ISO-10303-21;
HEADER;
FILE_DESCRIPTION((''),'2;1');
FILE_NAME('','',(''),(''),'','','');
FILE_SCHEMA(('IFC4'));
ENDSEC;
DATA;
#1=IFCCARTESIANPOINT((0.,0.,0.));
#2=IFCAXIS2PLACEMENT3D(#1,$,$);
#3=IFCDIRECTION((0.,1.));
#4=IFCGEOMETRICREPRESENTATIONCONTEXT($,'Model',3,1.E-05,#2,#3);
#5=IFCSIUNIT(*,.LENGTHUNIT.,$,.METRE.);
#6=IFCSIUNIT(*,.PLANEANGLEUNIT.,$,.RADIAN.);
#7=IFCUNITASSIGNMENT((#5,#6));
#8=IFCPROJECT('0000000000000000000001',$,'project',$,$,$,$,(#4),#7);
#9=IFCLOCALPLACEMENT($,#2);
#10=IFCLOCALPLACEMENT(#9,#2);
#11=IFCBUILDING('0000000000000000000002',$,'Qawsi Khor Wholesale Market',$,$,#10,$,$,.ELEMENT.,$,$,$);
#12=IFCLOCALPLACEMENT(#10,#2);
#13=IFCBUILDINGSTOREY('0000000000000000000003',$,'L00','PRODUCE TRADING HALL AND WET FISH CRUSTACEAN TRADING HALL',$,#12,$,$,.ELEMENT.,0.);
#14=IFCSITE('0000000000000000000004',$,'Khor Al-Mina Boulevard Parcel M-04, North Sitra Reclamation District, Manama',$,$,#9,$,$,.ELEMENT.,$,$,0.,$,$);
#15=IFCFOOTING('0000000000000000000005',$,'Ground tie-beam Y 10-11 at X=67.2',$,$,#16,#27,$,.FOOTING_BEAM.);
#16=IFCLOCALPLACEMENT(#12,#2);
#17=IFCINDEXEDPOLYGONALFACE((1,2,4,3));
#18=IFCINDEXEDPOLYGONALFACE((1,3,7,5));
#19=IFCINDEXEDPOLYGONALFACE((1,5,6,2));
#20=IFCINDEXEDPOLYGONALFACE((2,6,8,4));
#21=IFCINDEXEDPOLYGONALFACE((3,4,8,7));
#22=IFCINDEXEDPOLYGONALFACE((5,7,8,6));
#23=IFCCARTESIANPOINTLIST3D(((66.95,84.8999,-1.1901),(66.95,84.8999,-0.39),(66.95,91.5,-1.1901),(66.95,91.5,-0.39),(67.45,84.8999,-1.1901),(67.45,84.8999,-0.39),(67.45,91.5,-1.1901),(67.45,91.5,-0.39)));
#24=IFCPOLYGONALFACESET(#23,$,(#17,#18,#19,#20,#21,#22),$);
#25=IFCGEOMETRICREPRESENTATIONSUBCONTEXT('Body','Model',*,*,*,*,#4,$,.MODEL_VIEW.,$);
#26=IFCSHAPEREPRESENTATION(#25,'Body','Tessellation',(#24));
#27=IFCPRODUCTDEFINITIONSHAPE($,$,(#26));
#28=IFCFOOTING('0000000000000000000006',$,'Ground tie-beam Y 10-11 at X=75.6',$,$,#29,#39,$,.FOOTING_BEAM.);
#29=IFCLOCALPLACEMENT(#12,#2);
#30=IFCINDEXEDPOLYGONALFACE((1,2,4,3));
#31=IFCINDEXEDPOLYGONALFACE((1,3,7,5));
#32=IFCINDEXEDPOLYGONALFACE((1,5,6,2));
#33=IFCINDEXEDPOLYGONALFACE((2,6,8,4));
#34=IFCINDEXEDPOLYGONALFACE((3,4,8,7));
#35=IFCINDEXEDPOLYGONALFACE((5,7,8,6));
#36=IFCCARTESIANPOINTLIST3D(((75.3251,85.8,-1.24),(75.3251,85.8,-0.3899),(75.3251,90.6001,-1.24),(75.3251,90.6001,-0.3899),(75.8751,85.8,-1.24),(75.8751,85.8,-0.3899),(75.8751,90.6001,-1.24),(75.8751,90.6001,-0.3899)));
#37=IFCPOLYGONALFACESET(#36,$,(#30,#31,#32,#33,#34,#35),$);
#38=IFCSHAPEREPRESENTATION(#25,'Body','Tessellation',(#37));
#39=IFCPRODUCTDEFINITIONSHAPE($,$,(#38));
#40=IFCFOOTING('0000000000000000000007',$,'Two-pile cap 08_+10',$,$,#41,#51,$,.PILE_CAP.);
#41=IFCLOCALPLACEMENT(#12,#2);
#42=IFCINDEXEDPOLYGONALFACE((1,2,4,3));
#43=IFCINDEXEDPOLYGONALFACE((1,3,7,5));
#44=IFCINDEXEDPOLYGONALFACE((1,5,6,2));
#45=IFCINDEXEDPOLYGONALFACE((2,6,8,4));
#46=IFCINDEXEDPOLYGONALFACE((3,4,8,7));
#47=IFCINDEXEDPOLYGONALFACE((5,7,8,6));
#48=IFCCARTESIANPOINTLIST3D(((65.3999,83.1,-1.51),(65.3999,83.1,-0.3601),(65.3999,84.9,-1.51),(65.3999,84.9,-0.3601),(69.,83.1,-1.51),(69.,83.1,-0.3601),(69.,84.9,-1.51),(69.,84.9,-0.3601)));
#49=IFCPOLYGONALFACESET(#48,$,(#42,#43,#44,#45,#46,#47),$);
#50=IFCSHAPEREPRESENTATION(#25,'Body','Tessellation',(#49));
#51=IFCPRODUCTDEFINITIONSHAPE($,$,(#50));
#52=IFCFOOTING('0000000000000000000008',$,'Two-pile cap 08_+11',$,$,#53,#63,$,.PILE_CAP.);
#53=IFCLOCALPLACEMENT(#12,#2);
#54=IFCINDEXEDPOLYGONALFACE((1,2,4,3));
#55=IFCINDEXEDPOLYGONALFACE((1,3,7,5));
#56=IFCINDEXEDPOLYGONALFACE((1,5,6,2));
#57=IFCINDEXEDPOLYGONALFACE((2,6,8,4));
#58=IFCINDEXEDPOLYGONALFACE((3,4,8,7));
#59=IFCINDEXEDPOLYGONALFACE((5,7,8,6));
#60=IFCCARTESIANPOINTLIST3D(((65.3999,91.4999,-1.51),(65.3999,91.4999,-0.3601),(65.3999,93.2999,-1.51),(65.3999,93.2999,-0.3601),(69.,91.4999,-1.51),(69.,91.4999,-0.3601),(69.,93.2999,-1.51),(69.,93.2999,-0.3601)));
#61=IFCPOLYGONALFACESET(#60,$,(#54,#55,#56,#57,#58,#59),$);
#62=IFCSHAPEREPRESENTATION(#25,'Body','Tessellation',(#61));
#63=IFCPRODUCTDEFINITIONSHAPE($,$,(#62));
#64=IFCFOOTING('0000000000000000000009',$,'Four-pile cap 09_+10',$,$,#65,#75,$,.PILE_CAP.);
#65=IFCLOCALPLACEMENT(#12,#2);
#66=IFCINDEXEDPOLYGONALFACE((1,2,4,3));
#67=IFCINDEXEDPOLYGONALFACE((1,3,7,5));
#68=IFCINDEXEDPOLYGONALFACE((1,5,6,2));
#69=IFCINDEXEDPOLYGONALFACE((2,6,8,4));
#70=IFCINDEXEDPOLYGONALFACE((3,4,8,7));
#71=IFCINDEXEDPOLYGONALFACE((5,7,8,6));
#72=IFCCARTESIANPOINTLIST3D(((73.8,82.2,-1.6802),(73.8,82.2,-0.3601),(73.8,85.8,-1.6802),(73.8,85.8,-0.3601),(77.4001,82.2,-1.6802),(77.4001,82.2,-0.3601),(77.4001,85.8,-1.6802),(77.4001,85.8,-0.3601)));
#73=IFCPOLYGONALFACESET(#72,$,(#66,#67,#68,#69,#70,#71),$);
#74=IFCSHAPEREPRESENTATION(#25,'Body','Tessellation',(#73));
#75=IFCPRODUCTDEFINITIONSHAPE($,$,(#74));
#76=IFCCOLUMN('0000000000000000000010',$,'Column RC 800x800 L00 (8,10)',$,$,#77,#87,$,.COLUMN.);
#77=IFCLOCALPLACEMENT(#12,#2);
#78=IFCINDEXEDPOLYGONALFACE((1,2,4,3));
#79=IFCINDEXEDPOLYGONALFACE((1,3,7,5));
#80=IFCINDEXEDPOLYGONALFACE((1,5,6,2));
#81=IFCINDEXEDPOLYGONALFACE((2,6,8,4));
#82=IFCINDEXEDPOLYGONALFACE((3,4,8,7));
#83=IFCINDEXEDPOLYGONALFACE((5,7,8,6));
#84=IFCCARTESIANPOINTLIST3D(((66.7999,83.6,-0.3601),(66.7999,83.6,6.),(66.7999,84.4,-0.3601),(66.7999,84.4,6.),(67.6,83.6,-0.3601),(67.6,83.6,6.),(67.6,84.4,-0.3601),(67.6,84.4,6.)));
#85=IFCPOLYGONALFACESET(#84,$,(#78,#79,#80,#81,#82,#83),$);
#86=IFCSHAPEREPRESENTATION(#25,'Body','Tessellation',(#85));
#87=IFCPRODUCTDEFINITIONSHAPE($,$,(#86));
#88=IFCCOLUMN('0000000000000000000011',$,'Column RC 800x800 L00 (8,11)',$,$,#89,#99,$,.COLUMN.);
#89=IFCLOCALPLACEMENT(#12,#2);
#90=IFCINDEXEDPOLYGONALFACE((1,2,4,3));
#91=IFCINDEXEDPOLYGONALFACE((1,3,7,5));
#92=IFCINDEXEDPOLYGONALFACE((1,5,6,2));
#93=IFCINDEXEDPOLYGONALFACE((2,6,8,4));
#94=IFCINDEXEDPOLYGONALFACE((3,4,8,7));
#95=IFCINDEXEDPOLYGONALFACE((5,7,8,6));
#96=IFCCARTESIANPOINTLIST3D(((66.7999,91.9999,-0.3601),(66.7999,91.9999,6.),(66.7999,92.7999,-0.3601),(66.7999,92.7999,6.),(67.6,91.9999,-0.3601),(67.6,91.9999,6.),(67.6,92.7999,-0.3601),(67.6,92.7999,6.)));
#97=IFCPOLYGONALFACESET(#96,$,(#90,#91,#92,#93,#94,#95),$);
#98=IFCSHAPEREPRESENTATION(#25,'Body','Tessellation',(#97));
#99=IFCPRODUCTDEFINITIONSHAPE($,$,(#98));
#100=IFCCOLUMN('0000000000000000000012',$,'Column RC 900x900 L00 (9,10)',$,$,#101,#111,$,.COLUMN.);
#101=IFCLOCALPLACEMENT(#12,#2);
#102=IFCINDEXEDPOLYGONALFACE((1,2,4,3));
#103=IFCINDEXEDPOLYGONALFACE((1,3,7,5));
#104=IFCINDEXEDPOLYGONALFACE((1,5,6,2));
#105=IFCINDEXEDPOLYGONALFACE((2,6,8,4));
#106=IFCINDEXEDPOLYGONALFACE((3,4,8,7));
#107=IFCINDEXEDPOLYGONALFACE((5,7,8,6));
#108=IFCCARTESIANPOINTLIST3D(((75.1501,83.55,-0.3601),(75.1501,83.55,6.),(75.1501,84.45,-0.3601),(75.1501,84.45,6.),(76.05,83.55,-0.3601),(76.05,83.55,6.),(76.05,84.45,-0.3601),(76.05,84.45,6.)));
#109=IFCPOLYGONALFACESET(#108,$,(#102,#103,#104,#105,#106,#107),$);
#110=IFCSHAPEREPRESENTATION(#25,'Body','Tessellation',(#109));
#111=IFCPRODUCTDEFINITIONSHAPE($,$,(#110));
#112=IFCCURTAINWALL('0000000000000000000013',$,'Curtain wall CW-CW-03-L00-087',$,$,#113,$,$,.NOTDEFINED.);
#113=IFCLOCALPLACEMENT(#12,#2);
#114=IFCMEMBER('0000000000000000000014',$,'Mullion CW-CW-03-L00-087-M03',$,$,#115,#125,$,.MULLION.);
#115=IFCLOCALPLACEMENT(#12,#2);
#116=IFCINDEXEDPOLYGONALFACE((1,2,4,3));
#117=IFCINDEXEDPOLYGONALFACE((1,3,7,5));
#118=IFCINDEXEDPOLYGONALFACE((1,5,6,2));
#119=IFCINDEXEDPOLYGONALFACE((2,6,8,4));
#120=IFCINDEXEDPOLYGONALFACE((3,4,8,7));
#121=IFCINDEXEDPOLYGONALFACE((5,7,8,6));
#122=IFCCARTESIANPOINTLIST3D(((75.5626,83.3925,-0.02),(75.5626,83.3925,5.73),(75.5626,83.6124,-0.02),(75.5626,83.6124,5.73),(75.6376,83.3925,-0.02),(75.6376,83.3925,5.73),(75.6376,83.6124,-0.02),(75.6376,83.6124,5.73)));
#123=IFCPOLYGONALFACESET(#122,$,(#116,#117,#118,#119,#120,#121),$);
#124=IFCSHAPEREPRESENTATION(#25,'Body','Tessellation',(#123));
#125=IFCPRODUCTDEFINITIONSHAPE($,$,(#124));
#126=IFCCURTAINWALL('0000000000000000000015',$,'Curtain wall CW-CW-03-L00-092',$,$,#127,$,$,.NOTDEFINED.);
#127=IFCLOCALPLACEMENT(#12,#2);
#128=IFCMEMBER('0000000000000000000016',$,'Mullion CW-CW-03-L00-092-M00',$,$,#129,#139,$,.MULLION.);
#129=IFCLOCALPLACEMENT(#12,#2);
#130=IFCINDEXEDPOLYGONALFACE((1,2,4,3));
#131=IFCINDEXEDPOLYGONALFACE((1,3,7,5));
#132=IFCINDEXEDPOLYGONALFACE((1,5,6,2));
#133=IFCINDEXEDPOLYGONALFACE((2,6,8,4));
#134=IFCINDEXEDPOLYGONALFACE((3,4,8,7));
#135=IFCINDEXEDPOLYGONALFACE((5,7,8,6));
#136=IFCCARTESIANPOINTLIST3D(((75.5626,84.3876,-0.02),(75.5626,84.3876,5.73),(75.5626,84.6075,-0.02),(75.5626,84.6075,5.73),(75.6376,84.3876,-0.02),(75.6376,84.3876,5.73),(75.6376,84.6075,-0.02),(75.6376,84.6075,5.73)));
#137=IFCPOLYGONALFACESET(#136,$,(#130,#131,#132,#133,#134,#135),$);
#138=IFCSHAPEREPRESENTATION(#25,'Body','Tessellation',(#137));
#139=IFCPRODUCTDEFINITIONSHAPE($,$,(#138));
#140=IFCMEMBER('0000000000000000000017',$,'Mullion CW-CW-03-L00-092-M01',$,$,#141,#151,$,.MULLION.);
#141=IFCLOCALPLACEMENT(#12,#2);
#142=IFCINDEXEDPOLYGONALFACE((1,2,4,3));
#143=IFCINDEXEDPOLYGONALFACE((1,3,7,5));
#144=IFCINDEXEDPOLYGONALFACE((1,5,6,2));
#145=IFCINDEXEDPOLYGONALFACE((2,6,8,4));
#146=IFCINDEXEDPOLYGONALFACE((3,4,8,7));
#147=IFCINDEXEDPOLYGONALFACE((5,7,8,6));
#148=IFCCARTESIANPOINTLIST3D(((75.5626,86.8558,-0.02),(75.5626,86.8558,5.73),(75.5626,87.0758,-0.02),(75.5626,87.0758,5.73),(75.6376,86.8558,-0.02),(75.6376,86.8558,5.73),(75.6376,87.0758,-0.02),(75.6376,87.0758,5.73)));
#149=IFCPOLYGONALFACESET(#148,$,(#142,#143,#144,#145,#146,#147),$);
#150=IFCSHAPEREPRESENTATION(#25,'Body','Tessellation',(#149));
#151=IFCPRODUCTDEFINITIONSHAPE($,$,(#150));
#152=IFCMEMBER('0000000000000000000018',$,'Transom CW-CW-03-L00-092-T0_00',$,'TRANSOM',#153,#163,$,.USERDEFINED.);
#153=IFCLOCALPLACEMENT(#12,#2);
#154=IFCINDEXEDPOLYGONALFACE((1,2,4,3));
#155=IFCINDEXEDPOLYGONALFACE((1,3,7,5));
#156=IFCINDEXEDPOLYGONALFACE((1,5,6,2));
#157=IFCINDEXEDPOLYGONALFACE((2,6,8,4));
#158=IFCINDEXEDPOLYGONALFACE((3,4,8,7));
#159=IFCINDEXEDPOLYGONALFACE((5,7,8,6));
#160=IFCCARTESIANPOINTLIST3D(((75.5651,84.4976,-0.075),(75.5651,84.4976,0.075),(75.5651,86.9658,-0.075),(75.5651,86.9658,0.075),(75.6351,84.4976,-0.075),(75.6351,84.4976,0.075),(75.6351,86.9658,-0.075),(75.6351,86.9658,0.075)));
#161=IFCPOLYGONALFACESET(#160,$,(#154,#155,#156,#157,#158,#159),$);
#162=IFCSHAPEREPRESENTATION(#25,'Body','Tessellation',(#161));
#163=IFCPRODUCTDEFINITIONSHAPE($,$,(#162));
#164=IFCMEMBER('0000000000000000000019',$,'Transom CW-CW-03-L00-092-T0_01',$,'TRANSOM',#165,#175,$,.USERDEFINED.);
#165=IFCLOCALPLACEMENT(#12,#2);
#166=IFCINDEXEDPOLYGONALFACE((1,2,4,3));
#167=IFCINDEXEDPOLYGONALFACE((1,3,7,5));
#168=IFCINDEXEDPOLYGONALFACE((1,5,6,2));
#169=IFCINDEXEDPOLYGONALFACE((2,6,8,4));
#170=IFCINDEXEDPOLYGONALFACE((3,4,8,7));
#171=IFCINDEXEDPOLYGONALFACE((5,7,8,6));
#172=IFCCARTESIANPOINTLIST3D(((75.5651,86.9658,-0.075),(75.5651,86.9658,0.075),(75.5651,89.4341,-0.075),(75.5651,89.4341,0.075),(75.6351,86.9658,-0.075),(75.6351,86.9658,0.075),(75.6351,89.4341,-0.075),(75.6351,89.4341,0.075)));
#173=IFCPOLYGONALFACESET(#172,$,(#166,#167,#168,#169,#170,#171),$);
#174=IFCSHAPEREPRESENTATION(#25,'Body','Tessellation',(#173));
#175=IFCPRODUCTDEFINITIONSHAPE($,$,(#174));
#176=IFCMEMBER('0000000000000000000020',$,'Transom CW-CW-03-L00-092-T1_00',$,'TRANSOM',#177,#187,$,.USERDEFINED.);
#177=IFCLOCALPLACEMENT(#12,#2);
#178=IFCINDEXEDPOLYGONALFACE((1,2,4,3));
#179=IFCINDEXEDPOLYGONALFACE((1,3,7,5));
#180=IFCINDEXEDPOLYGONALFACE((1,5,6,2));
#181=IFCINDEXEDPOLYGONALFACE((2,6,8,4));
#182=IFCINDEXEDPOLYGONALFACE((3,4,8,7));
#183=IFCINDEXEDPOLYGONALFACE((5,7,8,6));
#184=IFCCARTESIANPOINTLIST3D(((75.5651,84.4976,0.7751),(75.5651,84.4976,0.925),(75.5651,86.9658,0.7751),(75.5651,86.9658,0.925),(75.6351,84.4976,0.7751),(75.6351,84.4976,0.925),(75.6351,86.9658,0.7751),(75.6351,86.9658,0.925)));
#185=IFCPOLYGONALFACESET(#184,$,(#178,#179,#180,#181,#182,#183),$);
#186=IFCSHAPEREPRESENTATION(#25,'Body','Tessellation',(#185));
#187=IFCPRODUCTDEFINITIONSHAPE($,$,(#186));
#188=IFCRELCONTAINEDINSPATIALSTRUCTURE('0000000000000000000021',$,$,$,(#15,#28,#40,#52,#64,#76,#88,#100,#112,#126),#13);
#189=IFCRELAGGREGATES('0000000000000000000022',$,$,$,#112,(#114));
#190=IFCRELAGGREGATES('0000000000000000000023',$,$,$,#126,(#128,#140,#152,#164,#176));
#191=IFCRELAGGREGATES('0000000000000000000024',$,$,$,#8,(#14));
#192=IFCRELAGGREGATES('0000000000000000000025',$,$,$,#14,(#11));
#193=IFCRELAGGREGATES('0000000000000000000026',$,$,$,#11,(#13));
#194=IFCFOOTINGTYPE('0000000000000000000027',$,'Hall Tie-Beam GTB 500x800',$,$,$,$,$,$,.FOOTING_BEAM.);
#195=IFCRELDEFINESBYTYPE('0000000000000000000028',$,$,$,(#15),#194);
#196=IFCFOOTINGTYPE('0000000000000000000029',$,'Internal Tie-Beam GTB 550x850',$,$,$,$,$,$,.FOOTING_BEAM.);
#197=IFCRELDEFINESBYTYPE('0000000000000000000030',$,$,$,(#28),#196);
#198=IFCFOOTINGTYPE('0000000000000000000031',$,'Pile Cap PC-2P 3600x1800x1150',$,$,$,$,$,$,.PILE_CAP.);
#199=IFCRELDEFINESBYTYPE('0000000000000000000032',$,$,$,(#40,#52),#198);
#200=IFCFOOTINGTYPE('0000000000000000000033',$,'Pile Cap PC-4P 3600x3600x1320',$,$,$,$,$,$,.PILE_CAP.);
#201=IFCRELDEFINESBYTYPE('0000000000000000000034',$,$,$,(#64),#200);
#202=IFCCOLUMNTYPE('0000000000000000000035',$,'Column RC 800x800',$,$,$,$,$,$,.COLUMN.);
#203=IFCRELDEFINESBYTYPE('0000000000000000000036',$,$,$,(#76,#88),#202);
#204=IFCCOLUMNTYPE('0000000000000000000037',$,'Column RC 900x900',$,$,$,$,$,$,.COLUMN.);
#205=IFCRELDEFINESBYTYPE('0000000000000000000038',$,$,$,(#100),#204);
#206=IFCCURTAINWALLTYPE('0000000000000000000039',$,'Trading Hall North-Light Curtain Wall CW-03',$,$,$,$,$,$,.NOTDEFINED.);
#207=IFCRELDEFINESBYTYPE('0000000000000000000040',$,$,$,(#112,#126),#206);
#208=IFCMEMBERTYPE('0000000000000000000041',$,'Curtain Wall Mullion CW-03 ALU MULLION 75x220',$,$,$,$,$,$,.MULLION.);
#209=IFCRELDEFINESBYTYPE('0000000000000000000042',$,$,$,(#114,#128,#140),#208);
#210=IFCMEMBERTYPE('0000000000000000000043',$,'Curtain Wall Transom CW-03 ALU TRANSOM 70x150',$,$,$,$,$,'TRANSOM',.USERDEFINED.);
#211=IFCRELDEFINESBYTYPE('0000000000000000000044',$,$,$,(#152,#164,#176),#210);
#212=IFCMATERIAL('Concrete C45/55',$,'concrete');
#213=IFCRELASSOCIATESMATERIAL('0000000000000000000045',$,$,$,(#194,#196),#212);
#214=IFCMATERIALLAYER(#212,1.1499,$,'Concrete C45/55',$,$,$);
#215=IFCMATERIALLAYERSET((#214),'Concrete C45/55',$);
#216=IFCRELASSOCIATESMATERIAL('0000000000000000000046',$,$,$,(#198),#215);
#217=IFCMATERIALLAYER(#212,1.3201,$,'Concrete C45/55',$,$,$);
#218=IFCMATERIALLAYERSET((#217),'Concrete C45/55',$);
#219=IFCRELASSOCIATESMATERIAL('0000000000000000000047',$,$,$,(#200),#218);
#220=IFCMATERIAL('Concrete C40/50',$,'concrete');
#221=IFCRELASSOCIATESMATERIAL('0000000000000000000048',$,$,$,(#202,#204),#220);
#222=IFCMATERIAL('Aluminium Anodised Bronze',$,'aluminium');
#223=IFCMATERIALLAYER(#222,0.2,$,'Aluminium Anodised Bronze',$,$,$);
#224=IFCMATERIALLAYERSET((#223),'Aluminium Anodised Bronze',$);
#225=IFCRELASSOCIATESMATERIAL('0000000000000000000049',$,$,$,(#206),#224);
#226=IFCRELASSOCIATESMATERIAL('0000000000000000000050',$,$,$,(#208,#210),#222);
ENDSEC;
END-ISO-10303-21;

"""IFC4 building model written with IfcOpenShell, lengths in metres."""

from ifc_helpers import new_model, si_unit, direction, frame, origin, origin_2d, place, context, subcontext, project, spatial, rectangle, extrude, material, layer, layer_set, material_profile, profile_set, type_object, element, aggregate, save


model = new_model("IFC4")

# Units and contexts
model_context = context("Model", 3, precision=1e-05, world=origin(), true_north=direction((0.0, 1.0)))
body_context = subcontext(model_context, "Body", "Model", "MODEL_VIEW")
ifc_project = project(units=[si_unit("LENGTHUNIT", "METRE"), si_unit("PLANEANGLEUNIT", "RADIAN")], contexts=[model_context])

# Site, building, storey
site_placement = place(None, origin())
site = spatial("IfcSite", under=ifc_project, at=site_placement, Name="Khor Al-Mina Boulevard Parcel M-04, North Sitra Reclamation District, Manama", CompositionType="ELEMENT", RefElevation=0.0)
building_placement = place(site_placement, origin())
building = spatial("IfcBuilding", under=site, at=building_placement, Name="Qawsi Khor Wholesale Market", CompositionType="ELEMENT")
storey_placement = place(building_placement, origin())
storey = spatial("IfcBuildingStorey", under=building, at=storey_placement, Name="L00", Description="PRODUCE TRADING HALL AND WET FISH CRUSTACEAN TRADING HALL", CompositionType="ELEMENT", Elevation=0.0)

# Shared definitions
ifc_material_1 = material(Name="Concrete C45/55", Category="concrete")

# Footings
ifc_material_profile_1 = material_profile(ifc_material_1, rectangle(XDim=0.5, YDim=0.8, at=origin_2d()), Name="RC 500x800")
ifc_profile_set_1 = profile_set([ifc_material_profile_1], Name="Concrete C45/55")
footing_type_1 = type_object("IfcFootingType", Name="Hall Tie-Beam GTB 500x800", PredefinedType="FOOTING_BEAM", material=ifc_profile_set_1)
footing_1_placement = place(storey_placement, frame((67.2, 84.8999, -0.79), z_axis=(0.0, 1.0, 0.0), x_axis=(-1.0, 0.0, 0.0)))
element("IfcFooting", 1, at=footing_1_placement, inside=storey, type_object=footing_type_1, Name="Ground tie-beam Y 10-11 at X=67.2", PredefinedType="FOOTING_BEAM", context=body_context, shape_type="SweptSolid", body=[
    extrude(rectangle(XDim=0.5, YDim=0.8, at=origin_2d()), origin(), (0.0, 0.0, 1.0), 6.6001),
])
ifc_material_profile_2 = material_profile(ifc_material_1, rectangle(XDim=0.55, YDim=0.8501, at=origin_2d()), Name="RC 550x850")
ifc_profile_set_2 = profile_set([ifc_material_profile_2], Name="Concrete C45/55")
footing_type_2 = type_object("IfcFootingType", Name="Internal Tie-Beam GTB 550x850", PredefinedType="FOOTING_BEAM", material=ifc_profile_set_2)
footing_2_placement = place(storey_placement, frame((75.6001, 85.8, -0.8149), z_axis=(0.0, 1.0, 0.0), x_axis=(-1.0, 0.0, 0.0)))
element("IfcFooting", 2, at=footing_2_placement, inside=storey, type_object=footing_type_2, Name="Ground tie-beam Y 10-11 at X=75.6", PredefinedType="FOOTING_BEAM", context=body_context, shape_type="SweptSolid", body=[
    extrude(rectangle(XDim=0.55, YDim=0.8501, at=origin_2d()), origin(), (0.0, 0.0, 1.0), 4.8),
])
ifc_layer_1 = layer(ifc_material_1, 1.1499, Name="Concrete C45/55")
ifc_layer_set_1 = layer_set([ifc_layer_1], Name="Concrete C45/55")
footing_type_3 = type_object("IfcFootingType", Name="Pile Cap PC-2P 3600x1800x1150", PredefinedType="PILE_CAP", material=ifc_layer_set_1)
for number, where, z_axis, x_axis, name in (
    (3, (67.2, 84.0, -1.51), (0.0, 0.0, 1.0), (1.0, 0.0, 0.0), "Two-pile cap 08_+10"),
    (4, (67.2, 92.3999, -1.51), (0.0, 0.0, 1.0), (1.0, 0.0, 0.0), "Two-pile cap 08_+11"),
):
    element("IfcFooting", number, at=place(storey_placement, frame(where, z_axis=z_axis, x_axis=x_axis)), inside=storey, type_object=footing_type_3, Name=name, PredefinedType="PILE_CAP", context=body_context, shape_type="SweptSolid", body=[
        extrude(rectangle(XDim=3.6001, YDim=1.8, at=origin_2d()), origin(), (0.0, 0.0, 1.0), 1.1499),
    ])
ifc_layer_2 = layer(ifc_material_1, 1.3201, Name="Concrete C45/55")
ifc_layer_set_2 = layer_set([ifc_layer_2], Name="Concrete C45/55")
footing_type_4 = type_object("IfcFootingType", Name="Pile Cap PC-4P 3600x3600x1320", PredefinedType="PILE_CAP", material=ifc_layer_set_2)
footing_3_placement = place(storey_placement, frame((75.6001, 84.0, -1.6802), z_axis=(0.0, 0.0, 1.0), x_axis=(1.0, 0.0, 0.0)))
element("IfcFooting", 5, at=footing_3_placement, inside=storey, type_object=footing_type_4, Name="Four-pile cap 09_+10", PredefinedType="PILE_CAP", context=body_context, shape_type="SweptSolid", body=[
    extrude(rectangle(XDim=3.6001, YDim=3.6001, at=origin_2d()), origin(), (0.0, 0.0, 1.0), 1.3201),
])

# Columns
ifc_material_2 = material(Name="Concrete C40/50", Category="concrete")
ifc_material_profile_3 = material_profile(ifc_material_2, rectangle(XDim=0.8, YDim=0.8, at=origin_2d()), Name="RC 800x800")
ifc_profile_set_3 = profile_set([ifc_material_profile_3], Name="Concrete C40/50")
column_type_1 = type_object("IfcColumnType", Name="Column RC 800x800", PredefinedType="COLUMN", material=ifc_profile_set_3)
for number, where, z_axis, x_axis, name in (
    (6, (67.2, 84.0, -0.3601), (0.0, 0.0, 1.0), (1.0, 0.0, 0.0), "Column RC 800x800 L00 (8,10)"),
    (7, (67.2, 92.3999, -0.3601), (0.0, 0.0, 1.0), (1.0, 0.0, 0.0), "Column RC 800x800 L00 (8,11)"),
):
    element("IfcColumn", number, at=place(storey_placement, frame(where, z_axis=z_axis, x_axis=x_axis)), inside=storey, type_object=column_type_1, Name=name, PredefinedType="COLUMN", context=body_context, shape_type="SweptSolid", body=[
        extrude(rectangle(XDim=0.8, YDim=0.8, at=origin_2d()), origin(), (0.0, 0.0, 1.0), 6.3601),
    ])
ifc_material_profile_4 = material_profile(ifc_material_2, rectangle(XDim=0.8999, YDim=0.8999, at=origin_2d()), Name="RC 900x900")
ifc_profile_set_4 = profile_set([ifc_material_profile_4], Name="Concrete C40/50")
column_type_2 = type_object("IfcColumnType", Name="Column RC 900x900", PredefinedType="COLUMN", material=ifc_profile_set_4)
column_placement = place(storey_placement, frame((75.6001, 84.0, -0.3601), z_axis=(0.0, 0.0, 1.0), x_axis=(1.0, 0.0, 0.0)))
element("IfcColumn", 8, at=column_placement, inside=storey, type_object=column_type_2, Name="Column RC 900x900 L00 (9,10)", PredefinedType="COLUMN", context=body_context, shape_type="SweptSolid", body=[
    extrude(rectangle(XDim=0.8999, YDim=0.8999, at=origin_2d()), origin(), (0.0, 0.0, 1.0), 6.3601),
])

# Curtain wall, member
ifc_material_3 = material(Name="Aluminium Anodised Bronze", Category="aluminium")
ifc_layer_3 = layer(ifc_material_3, 0.2, Name="Aluminium Anodised Bronze")
ifc_layer_set_3 = layer_set([ifc_layer_3], Name="Aluminium Anodised Bronze")
curtain_wall_type = type_object("IfcCurtainWallType", Name="Trading Hall North-Light Curtain Wall CW-03", PredefinedType="NOTDEFINED", material=ifc_layer_set_3)
curtain_wall_1_placement = place(storey_placement, origin())
curtain_wall_1 = element("IfcCurtainWall", 9, at=curtain_wall_1_placement, inside=storey, type_object=curtain_wall_type, Name="Curtain wall CW-CW-03-L00-087", PredefinedType="NOTDEFINED")
ifc_material_profile_5 = material_profile(ifc_material_3, rectangle(XDim=0.075, YDim=0.22, at=origin_2d()), Name="ALU MULLION 75x220")
ifc_profile_set_5 = profile_set([ifc_material_profile_5], Name="Aluminium Anodised Bronze")
member_type_1 = type_object("IfcMemberType", Name="Curtain Wall Mullion CW-03 ALU MULLION 75x220", PredefinedType="MULLION", material=ifc_profile_set_5)
member_1_placement = place(storey_placement, frame((75.6001, 83.5024, -0.02), z_axis=(0.0, 0.0, 1.0), x_axis=(1.0, 0.0, 0.0)))
member_1 = element("IfcMember", 10, at=member_1_placement, type_object=member_type_1, Name="Mullion CW-CW-03-L00-087-M03", PredefinedType="MULLION", context=body_context, shape_type="SweptSolid", body=[
    extrude(rectangle(XDim=0.075, YDim=0.22, at=origin_2d()), origin(), (0.0, 0.0, 1.0), 5.75),
])
aggregate(curtain_wall_1, [member_1])

# Curtain wall, members
curtain_wall_2_placement = place(storey_placement, origin())
curtain_wall_2 = element("IfcCurtainWall", 11, at=curtain_wall_2_placement, inside=storey, type_object=curtain_wall_type, Name="Curtain wall CW-CW-03-L00-092", PredefinedType="NOTDEFINED")
member_2_placement = place(storey_placement, frame((75.6001, 84.4976, -0.02), z_axis=(0.0, 0.0, 1.0), x_axis=(1.0, 0.0, 0.0)))
member_2 = element("IfcMember", 12, at=member_2_placement, type_object=member_type_1, Name="Mullion CW-CW-03-L00-092-M00", PredefinedType="MULLION", context=body_context, shape_type="SweptSolid", body=[
    extrude(rectangle(XDim=0.075, YDim=0.22, at=origin_2d()), origin(), (0.0, 0.0, 1.0), 5.75),
])
member_3_placement = place(storey_placement, frame((75.6001, 86.9658, -0.02), z_axis=(0.0, 0.0, 1.0), x_axis=(1.0, 0.0, 0.0)))
member_3 = element("IfcMember", 13, at=member_3_placement, type_object=member_type_1, Name="Mullion CW-CW-03-L00-092-M01", PredefinedType="MULLION", context=body_context, shape_type="SweptSolid", body=[
    extrude(rectangle(XDim=0.075, YDim=0.22, at=origin_2d()), origin(), (0.0, 0.0, 1.0), 5.75),
])
ifc_material_profile_6 = material_profile(ifc_material_3, rectangle(XDim=0.0701, YDim=0.1499, at=origin_2d()), Name="ALU TRANSOM 70x150")
ifc_profile_set_6 = profile_set([ifc_material_profile_6], Name="Aluminium Anodised Bronze")
member_type_2 = type_object("IfcMemberType", Name="Curtain Wall Transom CW-03 ALU TRANSOM 70x150", ElementType="TRANSOM", PredefinedType="USERDEFINED", material=ifc_profile_set_6)
member_4_placement = place(storey_placement, frame((75.6001, 84.4976, 0.0), z_axis=(0.0, 1.0, 0.0), x_axis=(-1.0, 0.0, 0.0)))
member_4 = element("IfcMember", 14, at=member_4_placement, type_object=member_type_2, Name="Transom CW-CW-03-L00-092-T0_00", ObjectType="TRANSOM", PredefinedType="USERDEFINED", context=body_context, shape_type="SweptSolid", body=[
    extrude(rectangle(XDim=0.0701, YDim=0.1499, at=origin_2d()), origin(), (0.0, 0.0, 1.0), 2.4683),
])
member_5_placement = place(storey_placement, frame((75.6001, 86.9658, 0.0), z_axis=(0.0, 1.0, 0.0), x_axis=(-1.0, 0.0, 0.0)))
member_5 = element("IfcMember", 15, at=member_5_placement, type_object=member_type_2, Name="Transom CW-CW-03-L00-092-T0_01", ObjectType="TRANSOM", PredefinedType="USERDEFINED", context=body_context, shape_type="SweptSolid", body=[
    extrude(rectangle(XDim=0.0701, YDim=0.1499, at=origin_2d()), origin(), (0.0, 0.0, 1.0), 2.4683),
])
member_6_placement = place(storey_placement, frame((75.6001, 84.4976, 0.8501), z_axis=(0.0, 1.0, 0.0), x_axis=(-1.0, 0.0, 0.0)))
member_6 = element("IfcMember", 16, at=member_6_placement, type_object=member_type_2, Name="Transom CW-CW-03-L00-092-T1_00", ObjectType="TRANSOM", PredefinedType="USERDEFINED", context=body_context, shape_type="SweptSolid", body=[
    extrude(rectangle(XDim=0.0701, YDim=0.1499, at=origin_2d()), origin(), (0.0, 0.0, 1.0), 2.4683),
])
aggregate(curtain_wall_2, [member_2, member_3, member_4, member_5, member_6])

save(model, "model.ifc")
